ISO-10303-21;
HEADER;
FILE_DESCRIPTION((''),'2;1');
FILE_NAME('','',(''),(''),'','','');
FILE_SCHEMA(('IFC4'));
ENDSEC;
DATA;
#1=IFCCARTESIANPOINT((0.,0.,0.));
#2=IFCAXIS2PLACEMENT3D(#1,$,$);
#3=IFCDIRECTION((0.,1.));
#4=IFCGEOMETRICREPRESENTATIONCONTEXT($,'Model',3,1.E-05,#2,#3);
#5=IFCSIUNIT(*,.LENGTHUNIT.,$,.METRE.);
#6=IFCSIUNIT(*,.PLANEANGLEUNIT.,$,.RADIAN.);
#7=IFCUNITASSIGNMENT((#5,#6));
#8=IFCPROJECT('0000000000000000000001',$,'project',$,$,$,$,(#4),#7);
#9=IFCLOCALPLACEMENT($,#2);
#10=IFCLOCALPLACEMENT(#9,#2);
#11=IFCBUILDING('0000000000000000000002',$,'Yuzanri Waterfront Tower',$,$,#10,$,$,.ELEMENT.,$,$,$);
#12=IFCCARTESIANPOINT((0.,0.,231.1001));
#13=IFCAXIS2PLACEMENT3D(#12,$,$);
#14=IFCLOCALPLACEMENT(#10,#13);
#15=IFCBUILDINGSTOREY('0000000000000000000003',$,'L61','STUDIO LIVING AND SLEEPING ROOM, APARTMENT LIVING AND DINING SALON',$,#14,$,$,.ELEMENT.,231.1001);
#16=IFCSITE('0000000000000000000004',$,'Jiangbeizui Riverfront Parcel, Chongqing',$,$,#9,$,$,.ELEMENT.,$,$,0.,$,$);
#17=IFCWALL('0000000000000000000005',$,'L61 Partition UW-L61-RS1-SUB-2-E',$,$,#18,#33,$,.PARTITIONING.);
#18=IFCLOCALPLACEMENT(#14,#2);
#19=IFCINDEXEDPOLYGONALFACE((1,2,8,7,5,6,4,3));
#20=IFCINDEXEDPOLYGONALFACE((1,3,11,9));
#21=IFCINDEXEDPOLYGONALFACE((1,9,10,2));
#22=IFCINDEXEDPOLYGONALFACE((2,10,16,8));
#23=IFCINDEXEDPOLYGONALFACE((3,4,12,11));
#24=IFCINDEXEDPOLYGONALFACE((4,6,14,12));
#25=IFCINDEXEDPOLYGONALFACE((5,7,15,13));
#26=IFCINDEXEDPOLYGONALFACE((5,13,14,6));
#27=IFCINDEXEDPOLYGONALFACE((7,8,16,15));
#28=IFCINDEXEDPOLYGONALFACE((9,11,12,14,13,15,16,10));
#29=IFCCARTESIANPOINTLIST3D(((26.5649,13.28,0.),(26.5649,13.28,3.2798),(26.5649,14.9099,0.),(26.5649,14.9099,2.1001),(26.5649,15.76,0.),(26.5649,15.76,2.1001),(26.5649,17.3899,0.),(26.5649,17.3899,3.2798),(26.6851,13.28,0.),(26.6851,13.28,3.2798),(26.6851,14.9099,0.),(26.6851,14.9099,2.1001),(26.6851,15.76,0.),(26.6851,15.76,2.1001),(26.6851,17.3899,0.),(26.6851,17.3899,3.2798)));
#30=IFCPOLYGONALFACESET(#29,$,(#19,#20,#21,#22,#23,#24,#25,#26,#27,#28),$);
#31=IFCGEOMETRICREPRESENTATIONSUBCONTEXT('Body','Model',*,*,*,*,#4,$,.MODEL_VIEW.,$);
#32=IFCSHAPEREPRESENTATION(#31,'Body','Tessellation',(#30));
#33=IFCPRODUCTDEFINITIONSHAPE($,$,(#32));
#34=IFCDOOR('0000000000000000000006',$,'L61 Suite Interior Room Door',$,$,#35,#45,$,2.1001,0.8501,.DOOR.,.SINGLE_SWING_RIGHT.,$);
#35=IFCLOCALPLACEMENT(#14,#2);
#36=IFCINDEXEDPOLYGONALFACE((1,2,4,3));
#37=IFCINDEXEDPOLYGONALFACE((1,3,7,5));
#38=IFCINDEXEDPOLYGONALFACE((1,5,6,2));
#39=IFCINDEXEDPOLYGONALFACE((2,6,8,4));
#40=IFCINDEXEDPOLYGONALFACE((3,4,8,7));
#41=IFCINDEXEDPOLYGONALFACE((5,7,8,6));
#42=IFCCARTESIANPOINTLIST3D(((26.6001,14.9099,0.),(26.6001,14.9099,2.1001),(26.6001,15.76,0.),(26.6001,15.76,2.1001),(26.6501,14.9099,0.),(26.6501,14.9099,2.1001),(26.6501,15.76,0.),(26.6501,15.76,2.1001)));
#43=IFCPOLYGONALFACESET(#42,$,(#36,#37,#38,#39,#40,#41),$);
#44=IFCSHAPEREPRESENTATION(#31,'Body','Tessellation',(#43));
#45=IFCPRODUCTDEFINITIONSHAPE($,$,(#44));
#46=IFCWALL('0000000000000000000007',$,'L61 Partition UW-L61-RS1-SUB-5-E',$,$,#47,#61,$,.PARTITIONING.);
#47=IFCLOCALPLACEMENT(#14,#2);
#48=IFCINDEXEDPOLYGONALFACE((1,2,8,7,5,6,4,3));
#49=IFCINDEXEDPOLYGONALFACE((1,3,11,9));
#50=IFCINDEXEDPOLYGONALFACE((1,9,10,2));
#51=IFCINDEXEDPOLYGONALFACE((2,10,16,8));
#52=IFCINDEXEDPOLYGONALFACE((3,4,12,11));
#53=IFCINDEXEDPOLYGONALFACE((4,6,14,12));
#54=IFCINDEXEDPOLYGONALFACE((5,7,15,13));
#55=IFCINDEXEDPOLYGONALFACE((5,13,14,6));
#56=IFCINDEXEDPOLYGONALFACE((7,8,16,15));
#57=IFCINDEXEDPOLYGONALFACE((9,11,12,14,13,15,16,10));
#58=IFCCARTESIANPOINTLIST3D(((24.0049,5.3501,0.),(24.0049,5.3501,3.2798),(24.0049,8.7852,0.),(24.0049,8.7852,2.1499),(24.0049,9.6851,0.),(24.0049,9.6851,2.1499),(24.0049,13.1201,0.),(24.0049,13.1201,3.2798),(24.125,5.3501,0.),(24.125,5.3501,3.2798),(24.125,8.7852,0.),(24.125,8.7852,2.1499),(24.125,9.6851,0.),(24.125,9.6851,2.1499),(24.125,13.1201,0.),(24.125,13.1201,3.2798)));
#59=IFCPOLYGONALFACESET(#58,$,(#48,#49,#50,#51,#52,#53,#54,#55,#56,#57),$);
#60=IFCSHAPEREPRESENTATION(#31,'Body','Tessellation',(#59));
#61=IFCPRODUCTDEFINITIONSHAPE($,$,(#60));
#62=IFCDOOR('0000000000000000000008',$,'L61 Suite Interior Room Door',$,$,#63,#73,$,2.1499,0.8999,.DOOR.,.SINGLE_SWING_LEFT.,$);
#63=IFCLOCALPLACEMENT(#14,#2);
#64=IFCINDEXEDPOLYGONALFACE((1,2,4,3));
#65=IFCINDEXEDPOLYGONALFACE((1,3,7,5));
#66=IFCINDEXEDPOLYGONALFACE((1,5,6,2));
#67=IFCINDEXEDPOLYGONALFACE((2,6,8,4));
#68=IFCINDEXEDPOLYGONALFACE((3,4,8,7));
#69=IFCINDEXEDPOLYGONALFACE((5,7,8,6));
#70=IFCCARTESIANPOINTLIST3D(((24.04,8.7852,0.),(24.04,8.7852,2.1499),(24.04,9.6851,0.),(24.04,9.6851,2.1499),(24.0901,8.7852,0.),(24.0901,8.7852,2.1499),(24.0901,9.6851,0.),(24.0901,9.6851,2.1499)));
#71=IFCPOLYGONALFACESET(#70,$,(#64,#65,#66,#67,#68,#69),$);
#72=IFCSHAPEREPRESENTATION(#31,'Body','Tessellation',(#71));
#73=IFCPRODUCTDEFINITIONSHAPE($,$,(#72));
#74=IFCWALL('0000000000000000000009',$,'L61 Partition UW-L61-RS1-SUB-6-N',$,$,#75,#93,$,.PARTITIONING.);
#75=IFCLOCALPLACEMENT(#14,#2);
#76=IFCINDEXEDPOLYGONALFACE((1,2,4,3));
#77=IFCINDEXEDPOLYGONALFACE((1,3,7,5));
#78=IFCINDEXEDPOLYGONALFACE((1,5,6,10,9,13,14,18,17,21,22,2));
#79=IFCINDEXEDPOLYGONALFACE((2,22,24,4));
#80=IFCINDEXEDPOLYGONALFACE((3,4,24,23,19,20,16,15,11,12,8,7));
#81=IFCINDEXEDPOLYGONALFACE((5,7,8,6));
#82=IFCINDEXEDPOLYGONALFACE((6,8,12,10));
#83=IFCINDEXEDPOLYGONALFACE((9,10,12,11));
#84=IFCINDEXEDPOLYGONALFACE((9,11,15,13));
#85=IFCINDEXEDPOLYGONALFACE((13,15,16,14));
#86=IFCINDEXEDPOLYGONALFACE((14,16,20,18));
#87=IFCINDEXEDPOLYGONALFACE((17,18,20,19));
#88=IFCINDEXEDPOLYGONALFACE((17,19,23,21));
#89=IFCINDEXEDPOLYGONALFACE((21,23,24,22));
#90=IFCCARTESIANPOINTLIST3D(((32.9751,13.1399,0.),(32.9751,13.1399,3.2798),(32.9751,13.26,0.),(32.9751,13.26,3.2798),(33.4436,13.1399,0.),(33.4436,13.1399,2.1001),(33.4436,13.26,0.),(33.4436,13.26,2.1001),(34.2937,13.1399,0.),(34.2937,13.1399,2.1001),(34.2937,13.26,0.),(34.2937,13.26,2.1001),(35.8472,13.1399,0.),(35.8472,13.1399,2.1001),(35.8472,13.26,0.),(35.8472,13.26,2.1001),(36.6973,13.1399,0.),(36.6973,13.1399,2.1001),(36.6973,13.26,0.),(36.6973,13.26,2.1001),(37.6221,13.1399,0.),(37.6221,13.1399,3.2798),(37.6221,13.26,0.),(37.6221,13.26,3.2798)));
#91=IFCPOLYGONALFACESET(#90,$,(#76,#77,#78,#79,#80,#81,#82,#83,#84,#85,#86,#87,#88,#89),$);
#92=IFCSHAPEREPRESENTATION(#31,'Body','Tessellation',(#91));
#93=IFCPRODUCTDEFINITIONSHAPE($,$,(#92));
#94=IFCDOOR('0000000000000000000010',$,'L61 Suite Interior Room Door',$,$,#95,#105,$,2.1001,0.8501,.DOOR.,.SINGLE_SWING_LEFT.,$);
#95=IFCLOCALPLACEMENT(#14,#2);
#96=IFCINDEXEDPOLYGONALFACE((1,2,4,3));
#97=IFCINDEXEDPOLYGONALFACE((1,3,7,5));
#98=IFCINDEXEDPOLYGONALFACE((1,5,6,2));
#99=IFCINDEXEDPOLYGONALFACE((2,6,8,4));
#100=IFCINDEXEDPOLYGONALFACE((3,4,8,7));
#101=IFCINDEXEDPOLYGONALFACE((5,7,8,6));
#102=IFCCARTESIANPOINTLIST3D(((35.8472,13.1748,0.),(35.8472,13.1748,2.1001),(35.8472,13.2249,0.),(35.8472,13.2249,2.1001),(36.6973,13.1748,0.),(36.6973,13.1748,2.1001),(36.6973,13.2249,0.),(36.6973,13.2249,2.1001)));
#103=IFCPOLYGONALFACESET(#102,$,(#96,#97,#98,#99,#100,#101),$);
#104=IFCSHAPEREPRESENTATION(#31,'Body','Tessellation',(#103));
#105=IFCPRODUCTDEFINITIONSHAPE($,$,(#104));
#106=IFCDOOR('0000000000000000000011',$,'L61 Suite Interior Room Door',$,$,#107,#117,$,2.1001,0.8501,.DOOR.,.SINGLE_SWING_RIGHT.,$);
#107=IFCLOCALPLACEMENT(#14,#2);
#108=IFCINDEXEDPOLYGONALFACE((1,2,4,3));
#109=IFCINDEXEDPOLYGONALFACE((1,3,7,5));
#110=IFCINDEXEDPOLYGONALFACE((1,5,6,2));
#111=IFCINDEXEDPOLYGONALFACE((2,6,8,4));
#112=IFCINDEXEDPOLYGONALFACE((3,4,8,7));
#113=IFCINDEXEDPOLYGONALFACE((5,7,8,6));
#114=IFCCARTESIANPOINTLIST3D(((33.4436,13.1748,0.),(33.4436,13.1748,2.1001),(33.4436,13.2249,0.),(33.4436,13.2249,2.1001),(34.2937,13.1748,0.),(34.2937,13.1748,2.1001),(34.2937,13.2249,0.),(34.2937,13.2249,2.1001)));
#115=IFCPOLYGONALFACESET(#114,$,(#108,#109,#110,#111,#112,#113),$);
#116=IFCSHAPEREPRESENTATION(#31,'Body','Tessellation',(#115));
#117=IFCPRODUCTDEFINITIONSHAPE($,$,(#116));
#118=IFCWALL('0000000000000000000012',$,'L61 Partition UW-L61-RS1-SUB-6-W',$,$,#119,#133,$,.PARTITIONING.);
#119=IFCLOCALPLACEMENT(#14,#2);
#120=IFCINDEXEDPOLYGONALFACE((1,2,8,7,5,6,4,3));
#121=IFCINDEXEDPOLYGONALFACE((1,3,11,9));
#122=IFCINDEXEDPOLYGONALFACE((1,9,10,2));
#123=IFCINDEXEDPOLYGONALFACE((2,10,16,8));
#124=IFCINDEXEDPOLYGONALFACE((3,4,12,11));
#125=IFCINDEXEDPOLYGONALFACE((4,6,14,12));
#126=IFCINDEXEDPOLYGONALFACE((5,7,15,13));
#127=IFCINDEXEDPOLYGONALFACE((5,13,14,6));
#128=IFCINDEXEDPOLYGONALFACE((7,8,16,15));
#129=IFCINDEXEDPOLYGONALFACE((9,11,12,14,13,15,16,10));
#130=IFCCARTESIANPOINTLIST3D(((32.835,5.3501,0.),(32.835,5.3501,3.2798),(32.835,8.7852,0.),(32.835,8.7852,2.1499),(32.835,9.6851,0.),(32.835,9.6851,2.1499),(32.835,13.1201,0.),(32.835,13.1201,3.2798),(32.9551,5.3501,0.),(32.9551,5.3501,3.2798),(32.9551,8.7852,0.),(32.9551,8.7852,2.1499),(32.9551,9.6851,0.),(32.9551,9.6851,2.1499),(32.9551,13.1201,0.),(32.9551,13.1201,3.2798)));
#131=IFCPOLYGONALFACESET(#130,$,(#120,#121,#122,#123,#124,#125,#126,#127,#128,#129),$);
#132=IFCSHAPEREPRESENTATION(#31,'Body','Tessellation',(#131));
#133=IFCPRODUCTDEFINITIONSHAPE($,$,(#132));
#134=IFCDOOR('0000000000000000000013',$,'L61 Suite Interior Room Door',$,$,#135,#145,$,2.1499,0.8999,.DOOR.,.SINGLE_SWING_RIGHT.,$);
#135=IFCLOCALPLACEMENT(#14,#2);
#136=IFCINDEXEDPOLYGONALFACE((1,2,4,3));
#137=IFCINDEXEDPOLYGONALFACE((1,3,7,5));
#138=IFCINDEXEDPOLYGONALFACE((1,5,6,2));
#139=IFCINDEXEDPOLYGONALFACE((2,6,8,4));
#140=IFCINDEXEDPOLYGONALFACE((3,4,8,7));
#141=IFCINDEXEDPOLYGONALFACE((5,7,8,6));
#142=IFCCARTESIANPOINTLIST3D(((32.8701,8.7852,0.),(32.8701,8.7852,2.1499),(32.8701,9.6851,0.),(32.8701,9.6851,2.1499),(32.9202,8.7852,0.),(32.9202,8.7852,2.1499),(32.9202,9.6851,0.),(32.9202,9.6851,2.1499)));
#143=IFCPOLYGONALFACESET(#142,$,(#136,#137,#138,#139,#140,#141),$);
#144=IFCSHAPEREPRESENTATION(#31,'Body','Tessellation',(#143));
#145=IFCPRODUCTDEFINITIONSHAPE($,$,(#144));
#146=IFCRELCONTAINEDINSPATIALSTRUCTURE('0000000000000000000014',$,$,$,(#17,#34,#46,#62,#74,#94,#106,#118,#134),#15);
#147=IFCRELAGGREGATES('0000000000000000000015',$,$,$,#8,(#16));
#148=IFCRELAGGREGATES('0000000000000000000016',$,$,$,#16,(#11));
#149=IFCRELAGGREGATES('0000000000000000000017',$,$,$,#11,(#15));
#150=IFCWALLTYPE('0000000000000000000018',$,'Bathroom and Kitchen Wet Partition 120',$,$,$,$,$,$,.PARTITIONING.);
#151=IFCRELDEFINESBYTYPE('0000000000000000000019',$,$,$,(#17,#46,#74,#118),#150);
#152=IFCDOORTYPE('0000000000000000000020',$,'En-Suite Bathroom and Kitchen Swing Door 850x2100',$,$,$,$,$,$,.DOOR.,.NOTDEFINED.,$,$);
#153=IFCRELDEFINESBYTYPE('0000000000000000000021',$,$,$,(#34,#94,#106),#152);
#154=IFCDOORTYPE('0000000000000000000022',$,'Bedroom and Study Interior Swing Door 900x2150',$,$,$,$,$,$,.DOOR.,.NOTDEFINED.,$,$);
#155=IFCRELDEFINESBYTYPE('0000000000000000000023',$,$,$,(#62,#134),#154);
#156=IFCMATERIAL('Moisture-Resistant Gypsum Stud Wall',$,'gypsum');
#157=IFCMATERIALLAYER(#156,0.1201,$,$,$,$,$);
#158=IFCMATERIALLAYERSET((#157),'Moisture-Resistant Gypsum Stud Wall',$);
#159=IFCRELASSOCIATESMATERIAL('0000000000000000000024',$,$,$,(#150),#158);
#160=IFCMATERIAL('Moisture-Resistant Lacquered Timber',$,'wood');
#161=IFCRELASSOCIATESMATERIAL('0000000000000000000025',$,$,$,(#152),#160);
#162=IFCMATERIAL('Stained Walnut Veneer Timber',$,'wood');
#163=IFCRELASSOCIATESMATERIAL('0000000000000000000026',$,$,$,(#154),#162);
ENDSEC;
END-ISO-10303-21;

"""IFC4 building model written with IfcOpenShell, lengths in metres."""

from ifc_helpers import new_model, si_unit, direction, frame, frame_2d, origin, place, context, subcontext, project, spatial, rectangle, extrude, source, transform, mapped, material, layer, layer_set, type_object, element, fill, save


model = new_model("IFC4")

# Units and contexts
model_context = context("Model", 3, precision=1e-05, world=origin(), true_north=direction((0.0, 1.0)))
body_context = subcontext(model_context, "Body", "Model", "MODEL_VIEW")
ifc_project = project(units=[si_unit("LENGTHUNIT", "METRE"), si_unit("PLANEANGLEUNIT", "RADIAN")], contexts=[model_context])

# Site, building, storey
site_placement = place(None, origin())
site = spatial("IfcSite", under=ifc_project, at=site_placement, Name="Jiangbeizui Riverfront Parcel, Chongqing", CompositionType="ELEMENT", RefElevation=0.0)
building_placement = place(site_placement, origin())
building = spatial("IfcBuilding", under=site, at=building_placement, Name="Yuzanri Waterfront Tower", CompositionType="ELEMENT")
storey_placement = place(building_placement, frame((0.0, 0.0, 231.1001)))
storey = spatial("IfcBuildingStorey", under=building, at=storey_placement, Name="L61", Description="STUDIO LIVING AND SLEEPING ROOM, APARTMENT LIVING AND DINING SALON", CompositionType="ELEMENT", Elevation=231.1001)

# Walls, openings, doors
ifc_material_1 = material(Name="Moisture-Resistant Gypsum Stud Wall", Category="gypsum")
ifc_layer_1 = layer(ifc_material_1, 0.1201)
ifc_layer_set_1 = layer_set([ifc_layer_1], Name="Moisture-Resistant Gypsum Stud Wall")
wall_type = type_object("IfcWallType", Name="Bathroom and Kitchen Wet Partition 120", PredefinedType="PARTITIONING", material=ifc_layer_set_1)
wall_1_placement = place(storey_placement, frame((26.625, 13.28, 0.0), z_axis=(0.0, 0.0, 1.0), x_axis=(0.0, 1.0, 0.0)))
wall_1 = element("IfcWall", 1, at=wall_1_placement, inside=storey, type_object=wall_type, Name="L61 Partition UW-L61-RS1-SUB-2-E", PredefinedType="PARTITIONING", context=body_context, shape_type="SweptSolid", body=[
    extrude(rectangle(XDim=4.1099, YDim=0.1201, at=frame_2d((2.0549, 0.0))), origin(), (0.0, 0.0, 1.0), 3.2798),
])
opening_1_placement = place(wall_1_placement, frame((1.6299, 0.0, 0.0)))
opening_1 = element("IfcOpeningElement", 2, at=opening_1_placement, cuts=wall_1, PredefinedType="OPENING", context=body_context, shape_type="SweptSolid", body=[
    extrude(rectangle(XDim=0.8501, YDim=2.1001, at=frame_2d((0.425, 1.05))), frame((0.0, 0.075, 0.0), z_axis=(0.0, -1.0, 0.0), x_axis=(1.0, 0.0, 0.0)), (0.0, 0.0, 1.0), 0.1499),
])
ifc_material_2 = material(Name="Moisture-Resistant Lacquered Timber", Category="wood")
door_type_1 = type_object("IfcDoorType", Name="En-Suite Bathroom and Kitchen Swing Door 850x2100", OperationType="NOTDEFINED", PredefinedType="DOOR", material=ifc_material_2)
shared_shape_1 = source(origin(), body_context, "Body", "SweptSolid", [
    extrude(rectangle(XDim=0.8501, YDim=2.1001, at=frame_2d((0.425, 1.05))), frame((0.0, 0.0249, 0.0), z_axis=(0.0, -1.0, 0.0), x_axis=(1.0, 0.0, 0.0)), (0.0, 0.0, 1.0), 0.05),
])
door_1_placement = place(opening_1_placement, origin())
door_1 = element("IfcDoor", 3, at=door_1_placement, inside=storey, type_object=door_type_1, Name="L61 Suite Interior Room Door", OperationType="SINGLE_SWING_RIGHT", OverallHeight=2.1001, OverallWidth=0.8501, PredefinedType="DOOR", context=body_context, shape_type="MappedRepresentation", body=[
    mapped(shared_shape_1, transform((0.0, 0.0, 0.0), scale=1.0)),
])
fill(opening_1, door_1)
wall_2_placement = place(storey_placement, frame((24.0649, 5.3501, 0.0), z_axis=(0.0, 0.0, 1.0), x_axis=(0.0, 1.0, 0.0)))
wall_2 = element("IfcWall", 4, at=wall_2_placement, inside=storey, type_object=wall_type, Name="L61 Partition UW-L61-RS1-SUB-5-E", PredefinedType="PARTITIONING", context=body_context, shape_type="SweptSolid", body=[
    extrude(rectangle(XDim=7.77, YDim=0.1201, at=frame_2d((3.885, 0.0))), origin(), (0.0, 0.0, 1.0), 3.2798),
])
opening_2_placement = place(wall_2_placement, frame((3.4351, 0.0, 0.0)))
opening_2 = element("IfcOpeningElement", 5, at=opening_2_placement, cuts=wall_2, PredefinedType="OPENING", context=body_context, shape_type="SweptSolid", body=[
    extrude(rectangle(XDim=0.8999, YDim=2.1499, at=frame_2d((0.45, 1.075))), frame((0.0, 0.075, 0.0), z_axis=(0.0, -1.0, 0.0), x_axis=(1.0, 0.0, 0.0)), (0.0, 0.0, 1.0), 0.1499),
])
ifc_material_3 = material(Name="Stained Walnut Veneer Timber", Category="wood")
door_type_2 = type_object("IfcDoorType", Name="Bedroom and Study Interior Swing Door 900x2150", OperationType="NOTDEFINED", PredefinedType="DOOR", material=ifc_material_3)
shared_shape_2 = source(origin(), body_context, "Body", "SweptSolid", [
    extrude(rectangle(XDim=0.8999, YDim=2.1499, at=frame_2d((0.45, 1.075))), frame((0.0, 0.0249, 0.0), z_axis=(0.0, -1.0, 0.0), x_axis=(1.0, 0.0, 0.0)), (0.0, 0.0, 1.0), 0.05),
])
door_2_placement = place(opening_2_placement, origin())
door_2 = element("IfcDoor", 6, at=door_2_placement, inside=storey, type_object=door_type_2, Name="L61 Suite Interior Room Door", OperationType="SINGLE_SWING_LEFT", OverallHeight=2.1499, OverallWidth=0.8999, PredefinedType="DOOR", context=body_context, shape_type="MappedRepresentation", body=[
    mapped(shared_shape_2, transform((0.0, 0.0, 0.0), scale=1.0)),
])
fill(opening_2, door_2)

# Wall, openings, doors
wall_3_placement = place(storey_placement, frame((32.9751, 13.2, 0.0), z_axis=(0.0, 0.0, 1.0), x_axis=(1.0, 0.0, 0.0)))
wall_3 = element("IfcWall", 7, at=wall_3_placement, inside=storey, type_object=wall_type, Name="L61 Partition UW-L61-RS1-SUB-6-N", PredefinedType="PARTITIONING", context=body_context, shape_type="SweptSolid", body=[
    extrude(rectangle(XDim=4.647, YDim=0.1201, at=frame_2d((2.3235, 0.0))), origin(), (0.0, 0.0, 1.0), 3.2798),
])
opening_3_placement = place(wall_3_placement, frame((2.8721, 0.0, 0.0)))
opening_3 = element("IfcOpeningElement", 8, at=opening_3_placement, cuts=wall_3, PredefinedType="OPENING", context=body_context, shape_type="SweptSolid", body=[
    extrude(rectangle(XDim=0.8501, YDim=2.1001, at=frame_2d((0.425, 1.05))), frame((0.0, 0.075, 0.0), z_axis=(0.0, -1.0, 0.0), x_axis=(1.0, 0.0, 0.0)), (0.0, 0.0, 1.0), 0.1499),
])
opening_4_placement = place(wall_3_placement, frame((0.4685, 0.0, 0.0)))
opening_4 = element("IfcOpeningElement", 9, at=opening_4_placement, cuts=wall_3, PredefinedType="OPENING", context=body_context, shape_type="SweptSolid", body=[
    extrude(rectangle(XDim=0.8501, YDim=2.1001, at=frame_2d((0.425, 1.05))), frame((0.0, 0.075, 0.0), z_axis=(0.0, -1.0, 0.0), x_axis=(1.0, 0.0, 0.0)), (0.0, 0.0, 1.0), 0.1499),
])
door_3_placement = place(opening_3_placement, origin())
door_3 = element("IfcDoor", 10, at=door_3_placement, inside=storey, type_object=door_type_1, Name="L61 Suite Interior Room Door", OperationType="SINGLE_SWING_LEFT", OverallHeight=2.1001, OverallWidth=0.8501, PredefinedType="DOOR", context=body_context, shape_type="MappedRepresentation", body=[
    mapped(shared_shape_1, transform((0.0, 0.0, 0.0), scale=1.0)),
])
fill(opening_3, door_3)
door_4_placement = place(opening_4_placement, origin())
door_4 = element("IfcDoor", 11, at=door_4_placement, inside=storey, type_object=door_type_1, Name="L61 Suite Interior Room Door", OperationType="SINGLE_SWING_RIGHT", OverallHeight=2.1001, OverallWidth=0.8501, PredefinedType="DOOR", context=body_context, shape_type="MappedRepresentation", body=[
    mapped(shared_shape_1, transform((0.0, 0.0, 0.0), scale=1.0)),
])
fill(opening_4, door_4)

# Wall, opening, door
wall_4_placement = place(storey_placement, frame((32.895, 5.3501, 0.0), z_axis=(0.0, 0.0, 1.0), x_axis=(0.0, 1.0, 0.0)))
wall_4 = element("IfcWall", 12, at=wall_4_placement, inside=storey, type_object=wall_type, Name="L61 Partition UW-L61-RS1-SUB-6-W", PredefinedType="PARTITIONING", context=body_context, shape_type="SweptSolid", body=[
    extrude(rectangle(XDim=7.77, YDim=0.1201, at=frame_2d((3.885, 0.0))), origin(), (0.0, 0.0, 1.0), 3.2798),
])
opening_5_placement = place(wall_4_placement, frame((3.4351, 0.0, 0.0)))
opening_5 = element("IfcOpeningElement", 13, at=opening_5_placement, cuts=wall_4, PredefinedType="OPENING", context=body_context, shape_type="SweptSolid", body=[
    extrude(rectangle(XDim=0.8999, YDim=2.1499, at=frame_2d((0.45, 1.075))), frame((0.0, 0.075, 0.0), z_axis=(0.0, -1.0, 0.0), x_axis=(1.0, 0.0, 0.0)), (0.0, 0.0, 1.0), 0.1499),
])
door_5_placement = place(opening_5_placement, origin())
door_5 = element("IfcDoor", 14, at=door_5_placement, inside=storey, type_object=door_type_2, Name="L61 Suite Interior Room Door", OperationType="SINGLE_SWING_RIGHT", OverallHeight=2.1499, OverallWidth=0.8999, PredefinedType="DOOR", context=body_context, shape_type="MappedRepresentation", body=[
    mapped(shared_shape_2, transform((0.0, 0.0, 0.0), scale=1.0)),
])
fill(opening_5, door_5)

save(model, "model.ifc")
